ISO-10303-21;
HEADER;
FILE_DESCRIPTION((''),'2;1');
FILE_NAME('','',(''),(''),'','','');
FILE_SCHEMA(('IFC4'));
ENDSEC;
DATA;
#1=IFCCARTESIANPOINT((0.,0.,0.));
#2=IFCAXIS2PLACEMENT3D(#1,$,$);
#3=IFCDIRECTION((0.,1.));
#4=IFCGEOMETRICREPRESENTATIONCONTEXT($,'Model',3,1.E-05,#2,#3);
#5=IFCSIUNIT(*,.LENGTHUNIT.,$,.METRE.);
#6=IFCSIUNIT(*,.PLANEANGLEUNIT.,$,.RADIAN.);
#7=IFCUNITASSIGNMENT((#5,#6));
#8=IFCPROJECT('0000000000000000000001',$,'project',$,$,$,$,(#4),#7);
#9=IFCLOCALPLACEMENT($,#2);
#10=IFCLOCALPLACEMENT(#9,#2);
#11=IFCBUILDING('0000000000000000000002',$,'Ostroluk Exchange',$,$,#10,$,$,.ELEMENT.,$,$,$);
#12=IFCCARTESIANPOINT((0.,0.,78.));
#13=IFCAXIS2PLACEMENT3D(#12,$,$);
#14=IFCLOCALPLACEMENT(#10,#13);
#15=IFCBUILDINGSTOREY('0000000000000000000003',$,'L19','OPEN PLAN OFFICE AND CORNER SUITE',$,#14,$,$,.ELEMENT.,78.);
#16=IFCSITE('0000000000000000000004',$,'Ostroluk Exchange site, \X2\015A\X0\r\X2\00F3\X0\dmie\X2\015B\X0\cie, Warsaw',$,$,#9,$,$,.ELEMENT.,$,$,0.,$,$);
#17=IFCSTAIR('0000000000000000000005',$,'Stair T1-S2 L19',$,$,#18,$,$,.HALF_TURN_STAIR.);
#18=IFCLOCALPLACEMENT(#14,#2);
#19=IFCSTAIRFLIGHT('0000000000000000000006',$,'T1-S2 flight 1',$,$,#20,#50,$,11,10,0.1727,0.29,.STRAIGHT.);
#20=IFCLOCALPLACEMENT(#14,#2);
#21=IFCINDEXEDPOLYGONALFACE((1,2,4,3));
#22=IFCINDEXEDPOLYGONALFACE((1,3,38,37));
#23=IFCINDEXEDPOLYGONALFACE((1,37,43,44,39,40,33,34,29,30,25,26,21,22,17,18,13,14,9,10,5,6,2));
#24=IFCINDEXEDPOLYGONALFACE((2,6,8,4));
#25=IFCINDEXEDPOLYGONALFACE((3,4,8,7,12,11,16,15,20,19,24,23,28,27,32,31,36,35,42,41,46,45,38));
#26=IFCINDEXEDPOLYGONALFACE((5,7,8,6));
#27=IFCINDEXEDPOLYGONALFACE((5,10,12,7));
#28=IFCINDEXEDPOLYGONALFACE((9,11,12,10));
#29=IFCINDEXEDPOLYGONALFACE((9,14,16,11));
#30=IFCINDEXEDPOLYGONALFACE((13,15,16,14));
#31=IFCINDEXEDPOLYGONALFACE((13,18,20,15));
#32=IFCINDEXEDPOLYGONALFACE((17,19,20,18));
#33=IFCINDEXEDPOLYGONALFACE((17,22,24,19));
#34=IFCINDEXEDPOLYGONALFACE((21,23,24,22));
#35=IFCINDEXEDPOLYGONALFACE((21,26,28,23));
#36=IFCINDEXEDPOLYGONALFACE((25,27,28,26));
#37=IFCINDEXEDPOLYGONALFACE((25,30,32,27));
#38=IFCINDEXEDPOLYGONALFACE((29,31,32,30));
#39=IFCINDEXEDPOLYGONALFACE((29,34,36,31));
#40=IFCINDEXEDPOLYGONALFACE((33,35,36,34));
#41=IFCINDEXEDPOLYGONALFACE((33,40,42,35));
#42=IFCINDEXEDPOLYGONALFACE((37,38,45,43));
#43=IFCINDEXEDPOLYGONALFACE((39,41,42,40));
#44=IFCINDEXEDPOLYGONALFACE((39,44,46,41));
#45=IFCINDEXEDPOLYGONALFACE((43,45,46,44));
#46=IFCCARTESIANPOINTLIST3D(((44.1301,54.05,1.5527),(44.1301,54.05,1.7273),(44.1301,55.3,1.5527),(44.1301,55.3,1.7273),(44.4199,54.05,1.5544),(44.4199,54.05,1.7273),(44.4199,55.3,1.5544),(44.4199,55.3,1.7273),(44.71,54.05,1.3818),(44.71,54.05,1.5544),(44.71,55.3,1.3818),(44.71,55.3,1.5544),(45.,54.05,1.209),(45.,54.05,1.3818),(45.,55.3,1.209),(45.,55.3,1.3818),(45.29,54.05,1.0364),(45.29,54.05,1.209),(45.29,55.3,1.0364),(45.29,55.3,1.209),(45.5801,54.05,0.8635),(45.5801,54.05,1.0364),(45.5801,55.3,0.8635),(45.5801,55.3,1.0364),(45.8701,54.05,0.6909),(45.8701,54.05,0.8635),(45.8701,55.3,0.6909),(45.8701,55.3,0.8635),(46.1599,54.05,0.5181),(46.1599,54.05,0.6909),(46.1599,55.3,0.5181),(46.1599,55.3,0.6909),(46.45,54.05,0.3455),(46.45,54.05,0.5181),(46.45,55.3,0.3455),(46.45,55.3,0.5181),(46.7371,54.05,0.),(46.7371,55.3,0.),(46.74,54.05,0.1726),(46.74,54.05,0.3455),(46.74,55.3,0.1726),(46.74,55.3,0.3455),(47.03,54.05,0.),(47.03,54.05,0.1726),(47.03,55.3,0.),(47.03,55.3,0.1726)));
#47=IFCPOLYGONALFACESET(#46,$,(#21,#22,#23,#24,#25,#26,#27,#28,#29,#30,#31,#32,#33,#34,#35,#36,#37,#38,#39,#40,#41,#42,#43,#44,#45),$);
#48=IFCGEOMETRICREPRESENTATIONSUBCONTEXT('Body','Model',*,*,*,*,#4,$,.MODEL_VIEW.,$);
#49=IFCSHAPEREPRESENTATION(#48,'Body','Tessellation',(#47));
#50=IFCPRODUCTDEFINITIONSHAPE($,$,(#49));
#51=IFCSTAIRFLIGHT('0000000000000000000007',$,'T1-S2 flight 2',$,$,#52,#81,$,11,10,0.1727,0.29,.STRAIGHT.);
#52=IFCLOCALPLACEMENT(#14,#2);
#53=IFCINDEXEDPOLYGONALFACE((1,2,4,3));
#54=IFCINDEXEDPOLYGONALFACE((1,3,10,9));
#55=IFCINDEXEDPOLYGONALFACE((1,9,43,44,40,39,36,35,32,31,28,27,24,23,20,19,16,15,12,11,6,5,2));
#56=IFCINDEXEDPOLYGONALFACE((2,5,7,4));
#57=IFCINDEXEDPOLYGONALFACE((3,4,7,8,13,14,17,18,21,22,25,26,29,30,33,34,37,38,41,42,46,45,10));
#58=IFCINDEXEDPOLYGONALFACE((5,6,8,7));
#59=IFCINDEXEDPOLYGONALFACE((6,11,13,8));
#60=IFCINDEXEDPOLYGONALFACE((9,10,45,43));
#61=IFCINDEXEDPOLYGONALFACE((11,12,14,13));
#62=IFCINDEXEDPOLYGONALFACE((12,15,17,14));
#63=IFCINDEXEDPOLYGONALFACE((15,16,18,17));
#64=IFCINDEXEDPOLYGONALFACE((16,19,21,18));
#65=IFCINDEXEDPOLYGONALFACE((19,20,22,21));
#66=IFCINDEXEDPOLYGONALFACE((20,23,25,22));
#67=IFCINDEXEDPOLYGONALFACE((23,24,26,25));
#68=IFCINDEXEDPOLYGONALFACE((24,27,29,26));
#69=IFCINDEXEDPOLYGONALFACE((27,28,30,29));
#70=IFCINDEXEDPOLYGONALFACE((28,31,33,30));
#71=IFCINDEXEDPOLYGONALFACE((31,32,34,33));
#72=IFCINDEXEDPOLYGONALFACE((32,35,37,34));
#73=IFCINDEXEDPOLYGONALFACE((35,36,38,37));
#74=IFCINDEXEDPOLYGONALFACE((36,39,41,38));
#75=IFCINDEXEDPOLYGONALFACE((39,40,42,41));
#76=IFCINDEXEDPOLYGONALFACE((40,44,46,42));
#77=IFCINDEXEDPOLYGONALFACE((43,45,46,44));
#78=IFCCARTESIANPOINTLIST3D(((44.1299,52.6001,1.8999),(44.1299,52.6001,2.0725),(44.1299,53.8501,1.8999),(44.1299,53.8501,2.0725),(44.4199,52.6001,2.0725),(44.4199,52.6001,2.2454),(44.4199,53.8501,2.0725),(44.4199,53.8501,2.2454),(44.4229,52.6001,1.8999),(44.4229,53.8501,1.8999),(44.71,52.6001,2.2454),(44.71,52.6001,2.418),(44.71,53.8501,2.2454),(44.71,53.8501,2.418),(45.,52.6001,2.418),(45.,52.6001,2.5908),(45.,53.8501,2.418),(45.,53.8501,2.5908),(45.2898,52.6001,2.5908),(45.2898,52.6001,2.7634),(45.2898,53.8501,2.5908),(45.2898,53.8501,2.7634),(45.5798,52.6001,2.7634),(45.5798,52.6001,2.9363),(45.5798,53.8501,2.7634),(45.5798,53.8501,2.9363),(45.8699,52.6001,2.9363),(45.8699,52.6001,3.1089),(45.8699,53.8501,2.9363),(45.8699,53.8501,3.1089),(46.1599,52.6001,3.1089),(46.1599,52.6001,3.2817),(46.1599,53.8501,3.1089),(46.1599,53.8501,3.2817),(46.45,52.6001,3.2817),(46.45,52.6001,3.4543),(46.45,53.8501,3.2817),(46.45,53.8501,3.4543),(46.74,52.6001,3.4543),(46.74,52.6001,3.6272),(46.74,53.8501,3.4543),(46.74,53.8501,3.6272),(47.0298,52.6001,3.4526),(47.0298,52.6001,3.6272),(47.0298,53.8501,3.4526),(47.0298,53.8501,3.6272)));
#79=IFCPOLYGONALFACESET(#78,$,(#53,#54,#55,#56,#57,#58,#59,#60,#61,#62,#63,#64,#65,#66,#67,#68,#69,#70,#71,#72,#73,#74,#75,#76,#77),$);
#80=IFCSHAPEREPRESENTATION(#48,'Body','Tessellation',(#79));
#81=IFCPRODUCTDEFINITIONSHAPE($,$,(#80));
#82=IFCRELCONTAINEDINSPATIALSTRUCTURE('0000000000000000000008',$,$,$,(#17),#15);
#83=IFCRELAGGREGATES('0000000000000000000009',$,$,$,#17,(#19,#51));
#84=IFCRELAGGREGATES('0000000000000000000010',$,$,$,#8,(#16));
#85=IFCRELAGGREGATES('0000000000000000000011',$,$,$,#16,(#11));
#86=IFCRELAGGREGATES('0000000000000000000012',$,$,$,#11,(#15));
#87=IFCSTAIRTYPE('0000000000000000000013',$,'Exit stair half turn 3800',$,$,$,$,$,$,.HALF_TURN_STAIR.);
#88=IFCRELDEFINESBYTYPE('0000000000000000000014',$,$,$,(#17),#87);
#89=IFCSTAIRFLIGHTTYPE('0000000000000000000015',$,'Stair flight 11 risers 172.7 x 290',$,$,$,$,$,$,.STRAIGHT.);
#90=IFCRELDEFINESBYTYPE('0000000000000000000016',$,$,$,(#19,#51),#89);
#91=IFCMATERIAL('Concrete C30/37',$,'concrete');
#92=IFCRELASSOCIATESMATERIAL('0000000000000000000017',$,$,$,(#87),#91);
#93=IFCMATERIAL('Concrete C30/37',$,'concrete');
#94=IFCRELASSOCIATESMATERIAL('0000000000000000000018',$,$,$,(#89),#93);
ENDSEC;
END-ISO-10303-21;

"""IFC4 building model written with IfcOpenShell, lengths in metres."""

from ifc_helpers import new_model, si_unit, direction, frame, origin, place, context, subcontext, project, spatial, polyline, outline, extrude, material, type_object, element, aggregate, save


model = new_model("IFC4")

# Units and contexts
model_context = context("Model", 3, precision=1e-05, world=origin(), true_north=direction((0.0, 1.0)))
body_context = subcontext(model_context, "Body", "Model", "MODEL_VIEW")
ifc_project = project(units=[si_unit("LENGTHUNIT", "METRE"), si_unit("PLANEANGLEUNIT", "RADIAN")], contexts=[model_context])

# Site, building, storey
site_placement = place(None, origin())
site = spatial("IfcSite", under=ifc_project, at=site_placement, Name="Ostroluk Exchange site, Śródmieście, Warsaw", CompositionType="ELEMENT", RefElevation=0.0)
building_placement = place(site_placement, origin())
building = spatial("IfcBuilding", under=site, at=building_placement, Name="Ostroluk Exchange", CompositionType="ELEMENT")
storey_placement = place(building_placement, frame((0.0, 0.0, 78.0)))
storey = spatial("IfcBuildingStorey", under=building, at=storey_placement, Name="L19", Description="OPEN PLAN OFFICE AND CORNER SUITE", CompositionType="ELEMENT", Elevation=78.0)

# Stair, stair flights
ifc_material_1 = material(Name="Concrete C30/37", Category="concrete")
stair_type = type_object("IfcStairType", Name="Exit stair half turn 3800", PredefinedType="HALF_TURN_STAIR", material=ifc_material_1)
stair_placement = place(storey_placement, origin())
stair = element("IfcStair", 1, at=stair_placement, inside=storey, type_object=stair_type, Name="Stair T1-S2 L19", PredefinedType="HALF_TURN_STAIR")
ifc_material_2 = material(Name="Concrete C30/37", Category="concrete")
stair_flight_type = type_object("IfcStairFlightType", Name="Stair flight 11 risers 172.7 x 290", PredefinedType="STRAIGHT", material=ifc_material_2)
stair_flight_1_placement = place(storey_placement, frame((47.03, 54.675, 0.0), z_axis=(0.0, 0.0, 1.0), x_axis=(-1.0, 0.0, 0.0)))
stair_flight_1 = element("IfcStairFlight", 2, at=stair_flight_1_placement, type_object=stair_flight_type, Name="T1-S2 flight 1", NumberOfRisers=11, NumberOfTreads=10, PredefinedType="STRAIGHT", RiserHeight=0.1727, TreadLength=0.29, context=body_context, shape_type="SweptSolid", body=[
    extrude(outline(polyline([(0.0, 0.0), (0.0, 0.1726), (0.29, 0.1726), (0.29, 0.3455), (0.5801, 0.3455), (0.5801, 0.5181), (0.8701, 0.5181), (0.8701, 0.6909), (1.1599, 0.6909), (1.1599, 0.8635), (1.45, 0.8635), (1.45, 1.0364), (1.74, 1.0364), (1.74, 1.209), (2.03, 1.209), (2.03, 1.3818), (2.3201, 1.3818), (2.3201, 1.5544), (2.6101, 1.5544), (2.6101, 1.7273), (2.8999, 1.7273), (2.8999, 1.8999), (2.8999, 1.5527), (0.293, 0.0), (0.0, 0.0)])), frame((0.0, 0.625, 0.0), z_axis=(0.0, -1.0, 0.0), x_axis=(1.0, 0.0, 0.0)), (0.0, 0.0, 1.0), 1.25),
])
stair_flight_2_placement = place(storey_placement, frame((44.1299, 53.2251, 1.8999), z_axis=(0.0, 0.0, 1.0), x_axis=(1.0, 0.0, 0.0)))
stair_flight_2 = element("IfcStairFlight", 3, at=stair_flight_2_placement, type_object=stair_flight_type, Name="T1-S2 flight 2", NumberOfRisers=11, NumberOfTreads=10, PredefinedType="STRAIGHT", RiserHeight=0.1727, TreadLength=0.29, context=body_context, shape_type="SweptSolid", body=[
    extrude(outline(polyline([(0.0, 0.0), (0.0, 0.1726), (0.29, 0.1726), (0.29, 0.3455), (0.5801, 0.3455), (0.5801, 0.5181), (0.8701, 0.5181), (0.8701, 0.6909), (1.1599, 0.6909), (1.1599, 0.8635), (1.45, 0.8635), (1.45, 1.0364), (1.74, 1.0364), (1.74, 1.209), (2.03, 1.209), (2.03, 1.3818), (2.3201, 1.3818), (2.3201, 1.5544), (2.6101, 1.5544), (2.6101, 1.7273), (2.8999, 1.7273), (2.8999, 1.8999), (2.8999, 1.5527), (0.293, 0.0), (0.0, 0.0)])), frame((0.0, 0.625, 0.0), z_axis=(0.0, -1.0, 0.0), x_axis=(1.0, 0.0, 0.0)), (0.0, 0.0, 1.0), 1.25),
])
aggregate(stair, [stair_flight_1, stair_flight_2])

save(model, "model.ifc")
